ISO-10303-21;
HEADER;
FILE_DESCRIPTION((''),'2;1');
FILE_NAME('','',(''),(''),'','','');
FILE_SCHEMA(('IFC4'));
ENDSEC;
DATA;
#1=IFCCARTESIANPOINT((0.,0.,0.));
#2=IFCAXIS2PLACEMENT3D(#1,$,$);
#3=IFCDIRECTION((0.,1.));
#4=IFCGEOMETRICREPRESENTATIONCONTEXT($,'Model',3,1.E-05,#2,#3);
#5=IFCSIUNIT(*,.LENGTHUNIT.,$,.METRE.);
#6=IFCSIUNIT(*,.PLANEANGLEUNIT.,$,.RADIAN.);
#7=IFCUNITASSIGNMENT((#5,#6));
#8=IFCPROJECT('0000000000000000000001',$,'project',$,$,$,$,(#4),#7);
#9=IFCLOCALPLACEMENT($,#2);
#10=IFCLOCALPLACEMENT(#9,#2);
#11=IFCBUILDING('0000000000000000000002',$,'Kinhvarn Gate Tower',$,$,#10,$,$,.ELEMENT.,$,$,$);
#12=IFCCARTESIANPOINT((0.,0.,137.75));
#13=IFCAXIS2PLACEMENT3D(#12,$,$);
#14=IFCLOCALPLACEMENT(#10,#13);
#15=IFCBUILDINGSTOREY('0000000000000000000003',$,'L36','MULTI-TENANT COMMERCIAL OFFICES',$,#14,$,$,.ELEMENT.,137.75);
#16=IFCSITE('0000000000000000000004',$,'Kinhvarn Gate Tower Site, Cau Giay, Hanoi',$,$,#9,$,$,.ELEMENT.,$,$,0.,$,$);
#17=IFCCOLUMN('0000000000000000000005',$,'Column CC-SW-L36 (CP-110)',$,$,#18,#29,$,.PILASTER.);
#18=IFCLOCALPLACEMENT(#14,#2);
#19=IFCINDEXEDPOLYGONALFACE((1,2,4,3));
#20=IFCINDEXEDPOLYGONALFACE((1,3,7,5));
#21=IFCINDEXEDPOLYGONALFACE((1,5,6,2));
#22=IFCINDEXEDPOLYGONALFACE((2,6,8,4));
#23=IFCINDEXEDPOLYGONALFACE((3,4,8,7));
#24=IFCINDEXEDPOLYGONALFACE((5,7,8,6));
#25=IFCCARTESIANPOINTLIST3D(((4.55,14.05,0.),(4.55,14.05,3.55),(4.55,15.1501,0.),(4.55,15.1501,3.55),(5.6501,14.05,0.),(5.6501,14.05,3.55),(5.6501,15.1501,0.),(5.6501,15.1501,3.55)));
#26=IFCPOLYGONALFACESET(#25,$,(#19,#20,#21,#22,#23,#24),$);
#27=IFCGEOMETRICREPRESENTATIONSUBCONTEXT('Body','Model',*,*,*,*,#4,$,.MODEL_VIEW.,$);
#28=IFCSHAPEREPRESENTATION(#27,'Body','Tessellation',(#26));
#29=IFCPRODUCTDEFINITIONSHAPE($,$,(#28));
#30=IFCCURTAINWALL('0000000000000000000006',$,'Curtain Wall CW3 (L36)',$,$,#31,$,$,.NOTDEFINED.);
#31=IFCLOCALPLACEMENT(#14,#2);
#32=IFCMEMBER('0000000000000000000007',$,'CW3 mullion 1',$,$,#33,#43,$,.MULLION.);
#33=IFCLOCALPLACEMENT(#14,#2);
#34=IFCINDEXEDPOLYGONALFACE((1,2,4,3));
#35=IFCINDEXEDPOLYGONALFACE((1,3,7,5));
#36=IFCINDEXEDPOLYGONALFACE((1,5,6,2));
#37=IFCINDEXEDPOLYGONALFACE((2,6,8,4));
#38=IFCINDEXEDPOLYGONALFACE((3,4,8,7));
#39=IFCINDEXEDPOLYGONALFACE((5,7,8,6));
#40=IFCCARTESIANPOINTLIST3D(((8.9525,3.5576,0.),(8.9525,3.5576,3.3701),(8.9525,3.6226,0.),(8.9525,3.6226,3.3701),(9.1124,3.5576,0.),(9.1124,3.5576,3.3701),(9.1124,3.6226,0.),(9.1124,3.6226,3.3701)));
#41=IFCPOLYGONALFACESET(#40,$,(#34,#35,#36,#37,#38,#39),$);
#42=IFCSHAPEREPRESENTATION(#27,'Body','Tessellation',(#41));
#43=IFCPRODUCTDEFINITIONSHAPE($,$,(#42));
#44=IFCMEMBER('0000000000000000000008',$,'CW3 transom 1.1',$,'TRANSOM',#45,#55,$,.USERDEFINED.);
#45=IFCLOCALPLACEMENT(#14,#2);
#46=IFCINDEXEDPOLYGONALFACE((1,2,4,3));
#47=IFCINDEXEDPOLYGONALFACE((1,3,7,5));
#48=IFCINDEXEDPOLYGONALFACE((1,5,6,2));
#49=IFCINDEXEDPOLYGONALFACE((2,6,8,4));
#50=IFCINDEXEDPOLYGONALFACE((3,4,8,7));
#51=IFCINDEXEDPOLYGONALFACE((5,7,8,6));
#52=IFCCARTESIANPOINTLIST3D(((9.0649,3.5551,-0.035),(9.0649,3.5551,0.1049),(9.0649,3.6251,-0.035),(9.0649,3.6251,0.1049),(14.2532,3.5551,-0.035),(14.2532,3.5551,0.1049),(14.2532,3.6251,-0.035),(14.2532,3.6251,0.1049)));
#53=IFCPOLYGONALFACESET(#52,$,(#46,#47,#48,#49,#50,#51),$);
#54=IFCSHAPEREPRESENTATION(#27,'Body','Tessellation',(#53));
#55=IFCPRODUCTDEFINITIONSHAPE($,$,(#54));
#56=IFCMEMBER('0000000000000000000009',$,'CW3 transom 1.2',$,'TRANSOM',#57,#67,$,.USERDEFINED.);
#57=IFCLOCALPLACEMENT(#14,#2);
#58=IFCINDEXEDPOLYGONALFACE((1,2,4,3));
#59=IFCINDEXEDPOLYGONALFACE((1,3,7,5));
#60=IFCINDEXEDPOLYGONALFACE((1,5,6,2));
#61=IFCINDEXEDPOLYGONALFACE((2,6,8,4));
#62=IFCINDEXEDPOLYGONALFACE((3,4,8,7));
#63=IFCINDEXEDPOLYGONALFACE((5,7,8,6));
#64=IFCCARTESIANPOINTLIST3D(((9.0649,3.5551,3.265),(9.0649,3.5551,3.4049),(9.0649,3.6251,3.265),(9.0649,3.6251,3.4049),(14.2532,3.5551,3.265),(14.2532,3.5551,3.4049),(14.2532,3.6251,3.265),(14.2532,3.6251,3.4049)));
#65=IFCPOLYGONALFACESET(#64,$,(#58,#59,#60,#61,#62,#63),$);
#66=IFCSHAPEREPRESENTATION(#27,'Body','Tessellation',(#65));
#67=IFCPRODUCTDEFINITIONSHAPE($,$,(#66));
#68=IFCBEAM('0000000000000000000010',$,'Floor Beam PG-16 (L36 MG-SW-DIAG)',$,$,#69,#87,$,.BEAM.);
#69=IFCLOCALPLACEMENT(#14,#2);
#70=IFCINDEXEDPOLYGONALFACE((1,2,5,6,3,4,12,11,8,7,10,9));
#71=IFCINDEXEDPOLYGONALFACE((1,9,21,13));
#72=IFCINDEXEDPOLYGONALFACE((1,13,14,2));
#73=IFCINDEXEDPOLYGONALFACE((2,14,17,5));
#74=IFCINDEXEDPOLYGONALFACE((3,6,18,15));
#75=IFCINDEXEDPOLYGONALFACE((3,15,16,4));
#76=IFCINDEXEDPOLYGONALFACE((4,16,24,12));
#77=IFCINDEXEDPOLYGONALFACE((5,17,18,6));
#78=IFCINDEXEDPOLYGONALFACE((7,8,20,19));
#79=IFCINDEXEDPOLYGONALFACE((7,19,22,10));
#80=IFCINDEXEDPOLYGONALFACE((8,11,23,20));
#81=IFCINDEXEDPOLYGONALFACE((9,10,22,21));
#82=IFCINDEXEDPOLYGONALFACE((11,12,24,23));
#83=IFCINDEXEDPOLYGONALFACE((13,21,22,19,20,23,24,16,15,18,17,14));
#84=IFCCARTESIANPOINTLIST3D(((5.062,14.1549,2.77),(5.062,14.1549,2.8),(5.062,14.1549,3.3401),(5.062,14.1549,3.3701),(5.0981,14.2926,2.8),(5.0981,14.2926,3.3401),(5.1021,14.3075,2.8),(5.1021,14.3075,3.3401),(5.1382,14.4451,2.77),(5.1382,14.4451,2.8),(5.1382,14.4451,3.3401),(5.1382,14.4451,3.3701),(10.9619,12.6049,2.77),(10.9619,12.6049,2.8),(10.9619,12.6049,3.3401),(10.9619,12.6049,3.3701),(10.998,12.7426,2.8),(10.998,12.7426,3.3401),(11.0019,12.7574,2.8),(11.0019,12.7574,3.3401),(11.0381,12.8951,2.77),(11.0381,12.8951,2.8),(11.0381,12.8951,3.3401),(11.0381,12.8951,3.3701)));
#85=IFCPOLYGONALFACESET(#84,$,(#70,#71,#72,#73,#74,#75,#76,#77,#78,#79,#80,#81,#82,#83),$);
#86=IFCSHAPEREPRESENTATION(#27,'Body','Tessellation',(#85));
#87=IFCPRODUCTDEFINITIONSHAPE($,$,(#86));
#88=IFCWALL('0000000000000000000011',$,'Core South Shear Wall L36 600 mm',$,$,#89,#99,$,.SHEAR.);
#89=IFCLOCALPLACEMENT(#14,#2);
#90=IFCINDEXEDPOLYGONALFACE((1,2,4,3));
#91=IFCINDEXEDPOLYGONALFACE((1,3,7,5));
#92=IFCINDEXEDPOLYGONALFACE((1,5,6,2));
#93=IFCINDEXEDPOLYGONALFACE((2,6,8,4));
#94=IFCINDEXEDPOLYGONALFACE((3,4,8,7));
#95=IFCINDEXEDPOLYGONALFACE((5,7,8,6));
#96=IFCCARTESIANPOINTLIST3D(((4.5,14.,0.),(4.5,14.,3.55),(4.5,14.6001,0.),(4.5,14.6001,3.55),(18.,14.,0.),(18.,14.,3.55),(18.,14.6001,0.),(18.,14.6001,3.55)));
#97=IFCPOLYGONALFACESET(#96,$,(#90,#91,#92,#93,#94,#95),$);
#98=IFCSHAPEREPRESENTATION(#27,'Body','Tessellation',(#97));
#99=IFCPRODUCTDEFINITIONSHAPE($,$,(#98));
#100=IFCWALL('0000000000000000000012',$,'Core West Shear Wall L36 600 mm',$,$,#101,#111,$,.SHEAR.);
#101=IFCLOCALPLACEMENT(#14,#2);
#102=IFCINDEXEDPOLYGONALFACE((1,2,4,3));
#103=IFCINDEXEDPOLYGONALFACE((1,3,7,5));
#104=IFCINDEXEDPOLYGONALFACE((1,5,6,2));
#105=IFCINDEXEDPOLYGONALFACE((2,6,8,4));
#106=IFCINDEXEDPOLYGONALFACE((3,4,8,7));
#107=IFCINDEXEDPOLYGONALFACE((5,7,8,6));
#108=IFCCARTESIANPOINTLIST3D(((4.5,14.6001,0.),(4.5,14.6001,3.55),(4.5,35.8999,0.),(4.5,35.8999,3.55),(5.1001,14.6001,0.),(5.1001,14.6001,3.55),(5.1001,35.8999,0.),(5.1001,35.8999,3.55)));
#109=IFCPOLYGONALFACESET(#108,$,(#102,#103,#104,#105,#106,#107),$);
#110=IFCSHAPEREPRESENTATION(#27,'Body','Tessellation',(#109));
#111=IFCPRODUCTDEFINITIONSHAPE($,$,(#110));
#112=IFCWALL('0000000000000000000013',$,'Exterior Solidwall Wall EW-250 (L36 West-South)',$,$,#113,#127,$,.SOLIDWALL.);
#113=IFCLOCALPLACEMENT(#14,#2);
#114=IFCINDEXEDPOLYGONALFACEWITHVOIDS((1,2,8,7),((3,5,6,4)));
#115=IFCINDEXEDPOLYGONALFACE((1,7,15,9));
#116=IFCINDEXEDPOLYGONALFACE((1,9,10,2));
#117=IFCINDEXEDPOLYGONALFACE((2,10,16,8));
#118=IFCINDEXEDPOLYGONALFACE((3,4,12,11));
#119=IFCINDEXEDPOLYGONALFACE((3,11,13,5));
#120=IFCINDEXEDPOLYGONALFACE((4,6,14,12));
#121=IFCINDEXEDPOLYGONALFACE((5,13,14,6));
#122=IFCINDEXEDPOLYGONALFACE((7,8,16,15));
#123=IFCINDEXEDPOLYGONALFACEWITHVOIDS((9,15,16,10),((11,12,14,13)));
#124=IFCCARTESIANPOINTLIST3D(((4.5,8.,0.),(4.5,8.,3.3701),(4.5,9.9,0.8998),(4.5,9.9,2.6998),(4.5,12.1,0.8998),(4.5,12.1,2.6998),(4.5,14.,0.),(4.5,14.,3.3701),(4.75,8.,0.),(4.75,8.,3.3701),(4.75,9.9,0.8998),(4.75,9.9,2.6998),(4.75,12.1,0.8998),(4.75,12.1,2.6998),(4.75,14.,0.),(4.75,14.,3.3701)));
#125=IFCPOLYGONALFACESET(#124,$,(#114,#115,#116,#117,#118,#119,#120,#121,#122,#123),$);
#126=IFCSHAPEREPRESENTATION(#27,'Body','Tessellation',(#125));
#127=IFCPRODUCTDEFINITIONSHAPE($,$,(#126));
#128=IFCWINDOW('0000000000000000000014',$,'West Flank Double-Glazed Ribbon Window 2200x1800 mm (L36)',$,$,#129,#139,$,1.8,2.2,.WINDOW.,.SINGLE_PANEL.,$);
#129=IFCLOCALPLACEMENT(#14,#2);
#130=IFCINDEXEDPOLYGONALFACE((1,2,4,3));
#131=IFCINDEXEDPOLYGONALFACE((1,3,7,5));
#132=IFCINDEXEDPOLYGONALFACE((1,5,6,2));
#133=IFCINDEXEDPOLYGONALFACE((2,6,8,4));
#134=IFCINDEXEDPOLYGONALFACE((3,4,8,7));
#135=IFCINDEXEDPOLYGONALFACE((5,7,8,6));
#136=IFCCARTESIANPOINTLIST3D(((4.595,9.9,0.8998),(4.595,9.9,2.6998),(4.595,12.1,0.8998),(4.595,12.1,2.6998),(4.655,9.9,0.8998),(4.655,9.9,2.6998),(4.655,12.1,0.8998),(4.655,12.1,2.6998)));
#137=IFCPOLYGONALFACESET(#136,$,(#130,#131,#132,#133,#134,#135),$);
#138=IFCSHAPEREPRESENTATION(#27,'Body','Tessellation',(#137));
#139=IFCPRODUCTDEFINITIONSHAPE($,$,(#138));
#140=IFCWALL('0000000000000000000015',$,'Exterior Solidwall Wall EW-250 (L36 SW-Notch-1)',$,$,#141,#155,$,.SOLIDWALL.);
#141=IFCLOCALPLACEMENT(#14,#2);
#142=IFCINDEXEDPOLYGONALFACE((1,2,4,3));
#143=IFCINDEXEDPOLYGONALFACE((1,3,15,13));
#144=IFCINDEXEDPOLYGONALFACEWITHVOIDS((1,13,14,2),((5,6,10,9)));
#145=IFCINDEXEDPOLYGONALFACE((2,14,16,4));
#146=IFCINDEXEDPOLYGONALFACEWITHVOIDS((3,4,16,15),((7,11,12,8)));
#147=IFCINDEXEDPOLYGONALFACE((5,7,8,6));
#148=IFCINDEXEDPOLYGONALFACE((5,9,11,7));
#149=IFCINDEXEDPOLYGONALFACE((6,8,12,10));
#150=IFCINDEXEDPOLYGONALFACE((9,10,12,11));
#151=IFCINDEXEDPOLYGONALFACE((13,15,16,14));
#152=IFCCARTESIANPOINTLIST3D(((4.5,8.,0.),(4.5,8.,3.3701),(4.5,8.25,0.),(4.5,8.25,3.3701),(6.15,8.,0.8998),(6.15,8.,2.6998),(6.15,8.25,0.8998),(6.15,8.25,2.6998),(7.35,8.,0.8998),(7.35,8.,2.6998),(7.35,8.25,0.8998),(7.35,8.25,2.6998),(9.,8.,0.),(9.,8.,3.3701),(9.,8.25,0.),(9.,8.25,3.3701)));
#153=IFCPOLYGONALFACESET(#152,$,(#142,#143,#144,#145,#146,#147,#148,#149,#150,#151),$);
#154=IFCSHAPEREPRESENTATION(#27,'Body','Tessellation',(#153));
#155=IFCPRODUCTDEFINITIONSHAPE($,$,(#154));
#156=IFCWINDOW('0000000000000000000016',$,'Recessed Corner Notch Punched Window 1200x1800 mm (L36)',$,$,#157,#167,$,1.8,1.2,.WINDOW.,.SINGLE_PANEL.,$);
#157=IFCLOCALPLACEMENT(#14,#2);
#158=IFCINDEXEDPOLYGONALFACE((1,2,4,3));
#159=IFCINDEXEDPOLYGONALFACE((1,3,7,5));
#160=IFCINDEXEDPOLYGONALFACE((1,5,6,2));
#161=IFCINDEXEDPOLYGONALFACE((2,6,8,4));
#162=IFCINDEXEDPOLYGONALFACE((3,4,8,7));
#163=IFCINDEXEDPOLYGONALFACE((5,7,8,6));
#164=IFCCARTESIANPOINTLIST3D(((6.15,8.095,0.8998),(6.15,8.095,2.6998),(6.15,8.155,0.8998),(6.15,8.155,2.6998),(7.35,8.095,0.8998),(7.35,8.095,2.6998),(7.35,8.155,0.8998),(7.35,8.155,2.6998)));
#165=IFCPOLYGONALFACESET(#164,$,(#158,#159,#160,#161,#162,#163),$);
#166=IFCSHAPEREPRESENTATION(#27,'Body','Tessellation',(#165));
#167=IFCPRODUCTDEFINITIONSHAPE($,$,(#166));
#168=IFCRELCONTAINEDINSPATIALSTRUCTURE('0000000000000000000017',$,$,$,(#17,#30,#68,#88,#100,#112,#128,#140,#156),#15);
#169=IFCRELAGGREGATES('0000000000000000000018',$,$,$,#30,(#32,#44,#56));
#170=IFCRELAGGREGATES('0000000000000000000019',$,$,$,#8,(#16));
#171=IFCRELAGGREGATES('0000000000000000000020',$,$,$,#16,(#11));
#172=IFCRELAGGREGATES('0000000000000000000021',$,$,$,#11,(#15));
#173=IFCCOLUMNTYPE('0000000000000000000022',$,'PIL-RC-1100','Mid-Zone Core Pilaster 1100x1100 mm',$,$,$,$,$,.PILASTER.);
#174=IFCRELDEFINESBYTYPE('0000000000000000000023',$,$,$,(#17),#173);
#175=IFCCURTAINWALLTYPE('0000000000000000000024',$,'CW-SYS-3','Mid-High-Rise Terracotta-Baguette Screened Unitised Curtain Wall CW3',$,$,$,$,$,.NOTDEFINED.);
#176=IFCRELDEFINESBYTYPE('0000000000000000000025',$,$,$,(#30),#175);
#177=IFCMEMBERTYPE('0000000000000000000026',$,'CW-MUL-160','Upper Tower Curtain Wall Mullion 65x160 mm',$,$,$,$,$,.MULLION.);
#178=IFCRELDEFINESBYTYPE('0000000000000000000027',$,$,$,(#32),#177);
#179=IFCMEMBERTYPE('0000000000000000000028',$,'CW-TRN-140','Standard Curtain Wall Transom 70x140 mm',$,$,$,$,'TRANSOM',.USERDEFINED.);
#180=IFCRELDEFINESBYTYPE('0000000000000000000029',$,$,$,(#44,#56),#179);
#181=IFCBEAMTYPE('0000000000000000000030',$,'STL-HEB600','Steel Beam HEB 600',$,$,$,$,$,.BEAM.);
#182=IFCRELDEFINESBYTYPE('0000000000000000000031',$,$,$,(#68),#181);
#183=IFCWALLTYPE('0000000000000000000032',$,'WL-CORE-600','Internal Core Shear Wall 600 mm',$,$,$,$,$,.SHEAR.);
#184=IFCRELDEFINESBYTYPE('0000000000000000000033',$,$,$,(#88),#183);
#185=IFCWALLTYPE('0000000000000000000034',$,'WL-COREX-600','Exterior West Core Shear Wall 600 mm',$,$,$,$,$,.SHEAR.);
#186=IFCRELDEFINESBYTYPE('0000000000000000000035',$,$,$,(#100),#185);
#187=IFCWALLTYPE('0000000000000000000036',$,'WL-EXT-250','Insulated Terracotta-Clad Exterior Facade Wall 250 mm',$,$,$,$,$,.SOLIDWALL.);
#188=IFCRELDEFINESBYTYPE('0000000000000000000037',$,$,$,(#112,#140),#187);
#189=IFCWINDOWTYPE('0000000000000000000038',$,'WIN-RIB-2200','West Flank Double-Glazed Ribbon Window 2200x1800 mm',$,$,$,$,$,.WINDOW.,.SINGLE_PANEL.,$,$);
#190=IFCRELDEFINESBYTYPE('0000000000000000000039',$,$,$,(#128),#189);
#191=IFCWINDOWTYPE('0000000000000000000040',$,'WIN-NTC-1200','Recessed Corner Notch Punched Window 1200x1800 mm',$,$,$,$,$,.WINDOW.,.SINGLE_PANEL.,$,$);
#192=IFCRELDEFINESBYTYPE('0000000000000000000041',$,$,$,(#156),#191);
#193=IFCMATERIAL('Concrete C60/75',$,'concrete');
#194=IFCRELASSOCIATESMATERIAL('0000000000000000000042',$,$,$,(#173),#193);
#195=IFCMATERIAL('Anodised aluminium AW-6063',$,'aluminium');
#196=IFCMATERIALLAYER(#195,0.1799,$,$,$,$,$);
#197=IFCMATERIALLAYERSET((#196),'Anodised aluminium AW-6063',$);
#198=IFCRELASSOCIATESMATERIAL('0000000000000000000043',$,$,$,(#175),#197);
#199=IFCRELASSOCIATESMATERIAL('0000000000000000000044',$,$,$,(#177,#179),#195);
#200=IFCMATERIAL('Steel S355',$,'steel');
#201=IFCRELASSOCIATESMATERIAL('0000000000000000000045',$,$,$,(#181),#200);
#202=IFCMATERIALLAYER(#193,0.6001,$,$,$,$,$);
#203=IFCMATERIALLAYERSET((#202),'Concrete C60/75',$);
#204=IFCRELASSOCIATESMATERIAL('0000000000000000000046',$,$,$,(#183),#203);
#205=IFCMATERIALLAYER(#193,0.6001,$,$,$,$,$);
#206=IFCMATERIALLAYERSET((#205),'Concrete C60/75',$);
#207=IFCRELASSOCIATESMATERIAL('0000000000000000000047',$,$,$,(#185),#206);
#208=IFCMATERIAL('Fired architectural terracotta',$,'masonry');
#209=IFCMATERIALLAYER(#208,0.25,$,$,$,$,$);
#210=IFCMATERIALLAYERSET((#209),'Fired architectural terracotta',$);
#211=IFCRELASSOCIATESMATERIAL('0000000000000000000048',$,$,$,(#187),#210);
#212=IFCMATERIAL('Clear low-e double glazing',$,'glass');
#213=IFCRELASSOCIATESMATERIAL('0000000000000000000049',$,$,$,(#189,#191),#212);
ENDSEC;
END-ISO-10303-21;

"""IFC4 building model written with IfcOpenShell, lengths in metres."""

from ifc_helpers import new_model, si_unit, direction, frame, frame_2d, origin, origin_2d, place, context, subcontext, project, spatial, rectangle, i_section, extrude, material, layer, layer_set, material_profile, profile_set, type_object, element, fill, aggregate, save


model = new_model("IFC4")

# Units and contexts
model_context = context("Model", 3, precision=1e-05, world=origin(), true_north=direction((0.0, 1.0)))
body_context = subcontext(model_context, "Body", "Model", "MODEL_VIEW")
ifc_project = project(units=[si_unit("LENGTHUNIT", "METRE"), si_unit("PLANEANGLEUNIT", "RADIAN")], contexts=[model_context])

# Site, building, storey
site_placement = place(None, origin())
site = spatial("IfcSite", under=ifc_project, at=site_placement, Name="Kinhvarn Gate Tower Site, Cau Giay, Hanoi", CompositionType="ELEMENT", RefElevation=0.0)
building_placement = place(site_placement, origin())
building = spatial("IfcBuilding", under=site, at=building_placement, Name="Kinhvarn Gate Tower", CompositionType="ELEMENT")
storey_placement = place(building_placement, frame((0.0, 0.0, 137.75)))
storey = spatial("IfcBuildingStorey", under=building, at=storey_placement, Name="L36", Description="MULTI-TENANT COMMERCIAL OFFICES", CompositionType="ELEMENT", Elevation=137.75)

# Column
ifc_material_1 = material(Name="Concrete C60/75", Category="concrete")
ifc_material_profile_1 = material_profile(ifc_material_1, rectangle(XDim=1.1001, YDim=1.1001, at=origin_2d()), Name="RC 1100x1100")
ifc_profile_set_1 = profile_set([ifc_material_profile_1], Name="Concrete C60/75")
column_type = type_object("IfcColumnType", Name="PIL-RC-1100", Description="Mid-Zone Core Pilaster 1100x1100 mm", PredefinedType="PILASTER", material=ifc_profile_set_1)
column_placement = place(storey_placement, frame((5.1001, 14.6001, 0.0), z_axis=(0.0, 0.0, 1.0), x_axis=(1.0, 0.0, 0.0)))
element("IfcColumn", 1, at=column_placement, inside=storey, type_object=column_type, Name="Column CC-SW-L36 (CP-110)", PredefinedType="PILASTER", context=body_context, shape_type="SweptSolid", body=[
    extrude(rectangle(XDim=1.1001, YDim=1.1001, at=origin_2d()), origin(), (0.0, 0.0, 1.0), 3.55),
])

# Curtain wall, members
ifc_material_2 = material(Name="Anodised aluminium AW-6063", Category="aluminium")
ifc_layer_1 = layer(ifc_material_2, 0.1799)
ifc_layer_set_1 = layer_set([ifc_layer_1], Name="Anodised aluminium AW-6063")
curtain_wall_type = type_object("IfcCurtainWallType", Name="CW-SYS-3", Description="Mid-High-Rise Terracotta-Baguette Screened Unitised Curtain Wall CW3", PredefinedType="NOTDEFINED", material=ifc_layer_set_1)
curtain_wall_placement = place(storey_placement, origin())
curtain_wall = element("IfcCurtainWall", 2, at=curtain_wall_placement, inside=storey, type_object=curtain_wall_type, Name="Curtain Wall CW3 (L36)", PredefinedType="NOTDEFINED")
ifc_material_profile_2 = material_profile(ifc_material_2, rectangle(XDim=0.0649, YDim=0.1599, at=origin_2d()), Name="ALU 65x160")
ifc_profile_set_2 = profile_set([ifc_material_profile_2], Name="Anodised aluminium AW-6063")
member_type_1 = type_object("IfcMemberType", Name="CW-MUL-160", Description="Upper Tower Curtain Wall Mullion 65x160 mm", PredefinedType="MULLION", material=ifc_profile_set_2)
member_1_placement = place(storey_placement, frame((9.0325, 3.5901, 0.0), z_axis=(0.0, 0.0, 1.0), x_axis=(0.0, 1.0, 0.0)))
member_1 = element("IfcMember", 3, at=member_1_placement, type_object=member_type_1, Name="CW3 mullion 1", PredefinedType="MULLION", context=body_context, shape_type="SweptSolid", body=[
    extrude(rectangle(XDim=0.0649, YDim=0.1599, at=origin_2d()), origin(), (0.0, 0.0, 1.0), 3.3701),
])
ifc_material_profile_3 = material_profile(ifc_material_2, rectangle(XDim=0.0701, YDim=0.1399, at=origin_2d()), Name="ALU 70x140")
ifc_profile_set_3 = profile_set([ifc_material_profile_3], Name="Anodised aluminium AW-6063")
member_type_2 = type_object("IfcMemberType", Name="CW-TRN-140", Description="Standard Curtain Wall Transom 70x140 mm", ElementType="TRANSOM", PredefinedType="USERDEFINED", material=ifc_profile_set_3)
member_2_placement = place(storey_placement, frame((9.0649, 3.5901, 0.0349), z_axis=(1.0, 0.0, 0.0), x_axis=(0.0, 1.0, 0.0)))
member_2 = element("IfcMember", 4, at=member_2_placement, type_object=member_type_2, Name="CW3 transom 1.1", ObjectType="TRANSOM", PredefinedType="USERDEFINED", context=body_context, shape_type="SweptSolid", body=[
    extrude(rectangle(XDim=0.0701, YDim=0.1399, at=origin_2d()), origin(), (0.0, 0.0, 1.0), 5.1882),
])
member_3_placement = place(storey_placement, frame((9.0649, 3.5901, 3.335), z_axis=(1.0, 0.0, 0.0), x_axis=(0.0, 1.0, 0.0)))
member_3 = element("IfcMember", 5, at=member_3_placement, type_object=member_type_2, Name="CW3 transom 1.2", ObjectType="TRANSOM", PredefinedType="USERDEFINED", context=body_context, shape_type="SweptSolid", body=[
    extrude(rectangle(XDim=0.0701, YDim=0.1399, at=origin_2d()), origin(), (0.0, 0.0, 1.0), 5.1882),
])
aggregate(curtain_wall, [member_1, member_2, member_3])

# Beam
ifc_material_3 = material(Name="Steel S355", Category="steel")
ifc_material_profile_4 = material_profile(ifc_material_3, i_section(OverallWidth=0.3, OverallDepth=0.6001, WebThickness=0.0154, FlangeThickness=0.03, at=origin_2d()), Name="HEB 600")
ifc_profile_set_4 = profile_set([ifc_material_profile_4], Name="Steel S355")
beam_type = type_object("IfcBeamType", Name="STL-HEB600", Description="Steel Beam HEB 600", PredefinedType="BEAM", material=ifc_profile_set_4)
beam_placement = place(storey_placement, frame((5.1001, 14.3, 3.0701), z_axis=(0.967178, -0.254101, 0.0), x_axis=(0.254101, 0.967178, 0.0)))
element("IfcBeam", 6, at=beam_placement, inside=storey, type_object=beam_type, Name="Floor Beam PG-16 (L36 MG-SW-DIAG)", PredefinedType="BEAM", context=body_context, shape_type="SweptSolid", body=[
    extrude(i_section(OverallWidth=0.3, OverallDepth=0.6001, WebThickness=0.0154, FlangeThickness=0.03, at=origin_2d()), origin(), (0.0, 0.0, 1.0), 6.1001),
])

# Walls
ifc_layer_2 = layer(ifc_material_1, 0.6001)
ifc_layer_set_2 = layer_set([ifc_layer_2], Name="Concrete C60/75")
wall_type_1 = type_object("IfcWallType", Name="WL-CORE-600", Description="Internal Core Shear Wall 600 mm", PredefinedType="SHEAR", material=ifc_layer_set_2)
wall_1_placement = place(storey_placement, frame((4.5, 14.3, 0.0), z_axis=(0.0, 0.0, 1.0), x_axis=(1.0, 0.0, 0.0)))
element("IfcWall", 7, at=wall_1_placement, inside=storey, type_object=wall_type_1, Name="Core South Shear Wall L36 600 mm", PredefinedType="SHEAR", context=body_context, shape_type="SweptSolid", body=[
    extrude(rectangle(XDim=13.5, YDim=0.6001, at=frame_2d((6.75, 0.0))), origin(), (0.0, 0.0, 1.0), 3.55),
])
ifc_layer_3 = layer(ifc_material_1, 0.6001)
ifc_layer_set_3 = layer_set([ifc_layer_3], Name="Concrete C60/75")
wall_type_2 = type_object("IfcWallType", Name="WL-COREX-600", Description="Exterior West Core Shear Wall 600 mm", PredefinedType="SHEAR", material=ifc_layer_set_3)
wall_2_placement = place(storey_placement, frame((4.8, 14.6001, 0.0), z_axis=(0.0, 0.0, 1.0), x_axis=(0.0, 1.0, 0.0)))
element("IfcWall", 8, at=wall_2_placement, inside=storey, type_object=wall_type_2, Name="Core West Shear Wall L36 600 mm", PredefinedType="SHEAR", context=body_context, shape_type="SweptSolid", body=[
    extrude(rectangle(XDim=21.2998, YDim=0.6001, at=frame_2d((10.6499, 0.0))), origin(), (0.0, 0.0, 1.0), 3.55),
])

# Walls, openings, windows
ifc_material_4 = material(Name="Fired architectural terracotta", Category="masonry")
ifc_layer_4 = layer(ifc_material_4, 0.25)
ifc_layer_set_4 = layer_set([ifc_layer_4], Name="Fired architectural terracotta")
wall_type_3 = type_object("IfcWallType", Name="WL-EXT-250", Description="Insulated Terracotta-Clad Exterior Facade Wall 250 mm", PredefinedType="SOLIDWALL", material=ifc_layer_set_4)
wall_3_placement = place(storey_placement, frame((4.625, 14.0, 0.0), z_axis=(0.0, 0.0, 1.0), x_axis=(0.0, -1.0, 0.0)))
wall_3 = element("IfcWall", 9, at=wall_3_placement, inside=storey, type_object=wall_type_3, Name="Exterior Solidwall Wall EW-250 (L36 West-South)", PredefinedType="SOLIDWALL", context=body_context, shape_type="SweptSolid", body=[
    extrude(rectangle(XDim=6.0, YDim=0.25, at=frame_2d((3.0, 0.0))), origin(), (0.0, 0.0, 1.0), 3.3701),
])
opening_1_placement = place(wall_3_placement, frame((1.8999, 0.0, 0.8999)))
opening_1 = element("IfcOpeningElement", 10, at=opening_1_placement, cuts=wall_3, PredefinedType="OPENING", context=body_context, shape_type="SweptSolid", body=[
    extrude(rectangle(XDim=2.2, YDim=1.8, at=frame_2d((1.1001, 0.8999))), frame((0.0, 0.135, 0.0), z_axis=(0.0, -1.0, 0.0), x_axis=(1.0, 0.0, 0.0)), (0.0, 0.0, 1.0), 0.27),
])
ifc_material_5 = material(Name="Clear low-e double glazing", Category="glass")
window_type_1 = type_object("IfcWindowType", Name="WIN-RIB-2200", Description="West Flank Double-Glazed Ribbon Window 2200x1800 mm", PartitioningType="SINGLE_PANEL", PredefinedType="WINDOW", material=ifc_material_5)
window_1_placement = place(opening_1_placement, origin())
window_1 = element("IfcWindow", 11, at=window_1_placement, inside=storey, type_object=window_type_1, Name="West Flank Double-Glazed Ribbon Window 2200x1800 mm (L36)", OverallHeight=1.8, OverallWidth=2.2, PartitioningType="SINGLE_PANEL", PredefinedType="WINDOW", context=body_context, shape_type="SweptSolid", body=[
    extrude(rectangle(XDim=2.2, YDim=1.8, at=frame_2d((1.1001, 0.8999))), frame((0.0, 0.03, 0.0), z_axis=(0.0, -1.0, 0.0), x_axis=(1.0, 0.0, 0.0)), (0.0, 0.0, 1.0), 0.0601),
])
fill(opening_1, window_1)
wall_4_placement = place(storey_placement, frame((4.5, 8.125, 0.0), z_axis=(0.0, 0.0, 1.0), x_axis=(1.0, 0.0, 0.0)))
wall_4 = element("IfcWall", 12, at=wall_4_placement, inside=storey, type_object=wall_type_3, Name="Exterior Solidwall Wall EW-250 (L36 SW-Notch-1)", PredefinedType="SOLIDWALL", context=body_context, shape_type="SweptSolid", body=[
    extrude(rectangle(XDim=4.5, YDim=0.25, at=frame_2d((2.25, 0.0))), origin(), (0.0, 0.0, 1.0), 3.3701),
])
opening_2_placement = place(wall_4_placement, frame((1.6499, 0.0, 0.8999)))
opening_2 = element("IfcOpeningElement", 13, at=opening_2_placement, cuts=wall_4, PredefinedType="OPENING", context=body_context, shape_type="SweptSolid", body=[
    extrude(rectangle(XDim=1.2, YDim=1.8, at=frame_2d((0.6001, 0.8999))), frame((0.0, 0.135, 0.0), z_axis=(0.0, -1.0, 0.0), x_axis=(1.0, 0.0, 0.0)), (0.0, 0.0, 1.0), 0.27),
])
window_type_2 = type_object("IfcWindowType", Name="WIN-NTC-1200", Description="Recessed Corner Notch Punched Window 1200x1800 mm", PartitioningType="SINGLE_PANEL", PredefinedType="WINDOW", material=ifc_material_5)
window_2_placement = place(opening_2_placement, origin())
window_2 = element("IfcWindow", 14, at=window_2_placement, inside=storey, type_object=window_type_2, Name="Recessed Corner Notch Punched Window 1200x1800 mm (L36)", OverallHeight=1.8, OverallWidth=1.2, PartitioningType="SINGLE_PANEL", PredefinedType="WINDOW", context=body_context, shape_type="SweptSolid", body=[
    extrude(rectangle(XDim=1.2, YDim=1.8, at=frame_2d((0.6001, 0.8999))), frame((0.0, 0.03, 0.0), z_axis=(0.0, -1.0, 0.0), x_axis=(1.0, 0.0, 0.0)), (0.0, 0.0, 1.0), 0.0601),
])
fill(opening_2, window_2)

save(model, "model.ifc")
